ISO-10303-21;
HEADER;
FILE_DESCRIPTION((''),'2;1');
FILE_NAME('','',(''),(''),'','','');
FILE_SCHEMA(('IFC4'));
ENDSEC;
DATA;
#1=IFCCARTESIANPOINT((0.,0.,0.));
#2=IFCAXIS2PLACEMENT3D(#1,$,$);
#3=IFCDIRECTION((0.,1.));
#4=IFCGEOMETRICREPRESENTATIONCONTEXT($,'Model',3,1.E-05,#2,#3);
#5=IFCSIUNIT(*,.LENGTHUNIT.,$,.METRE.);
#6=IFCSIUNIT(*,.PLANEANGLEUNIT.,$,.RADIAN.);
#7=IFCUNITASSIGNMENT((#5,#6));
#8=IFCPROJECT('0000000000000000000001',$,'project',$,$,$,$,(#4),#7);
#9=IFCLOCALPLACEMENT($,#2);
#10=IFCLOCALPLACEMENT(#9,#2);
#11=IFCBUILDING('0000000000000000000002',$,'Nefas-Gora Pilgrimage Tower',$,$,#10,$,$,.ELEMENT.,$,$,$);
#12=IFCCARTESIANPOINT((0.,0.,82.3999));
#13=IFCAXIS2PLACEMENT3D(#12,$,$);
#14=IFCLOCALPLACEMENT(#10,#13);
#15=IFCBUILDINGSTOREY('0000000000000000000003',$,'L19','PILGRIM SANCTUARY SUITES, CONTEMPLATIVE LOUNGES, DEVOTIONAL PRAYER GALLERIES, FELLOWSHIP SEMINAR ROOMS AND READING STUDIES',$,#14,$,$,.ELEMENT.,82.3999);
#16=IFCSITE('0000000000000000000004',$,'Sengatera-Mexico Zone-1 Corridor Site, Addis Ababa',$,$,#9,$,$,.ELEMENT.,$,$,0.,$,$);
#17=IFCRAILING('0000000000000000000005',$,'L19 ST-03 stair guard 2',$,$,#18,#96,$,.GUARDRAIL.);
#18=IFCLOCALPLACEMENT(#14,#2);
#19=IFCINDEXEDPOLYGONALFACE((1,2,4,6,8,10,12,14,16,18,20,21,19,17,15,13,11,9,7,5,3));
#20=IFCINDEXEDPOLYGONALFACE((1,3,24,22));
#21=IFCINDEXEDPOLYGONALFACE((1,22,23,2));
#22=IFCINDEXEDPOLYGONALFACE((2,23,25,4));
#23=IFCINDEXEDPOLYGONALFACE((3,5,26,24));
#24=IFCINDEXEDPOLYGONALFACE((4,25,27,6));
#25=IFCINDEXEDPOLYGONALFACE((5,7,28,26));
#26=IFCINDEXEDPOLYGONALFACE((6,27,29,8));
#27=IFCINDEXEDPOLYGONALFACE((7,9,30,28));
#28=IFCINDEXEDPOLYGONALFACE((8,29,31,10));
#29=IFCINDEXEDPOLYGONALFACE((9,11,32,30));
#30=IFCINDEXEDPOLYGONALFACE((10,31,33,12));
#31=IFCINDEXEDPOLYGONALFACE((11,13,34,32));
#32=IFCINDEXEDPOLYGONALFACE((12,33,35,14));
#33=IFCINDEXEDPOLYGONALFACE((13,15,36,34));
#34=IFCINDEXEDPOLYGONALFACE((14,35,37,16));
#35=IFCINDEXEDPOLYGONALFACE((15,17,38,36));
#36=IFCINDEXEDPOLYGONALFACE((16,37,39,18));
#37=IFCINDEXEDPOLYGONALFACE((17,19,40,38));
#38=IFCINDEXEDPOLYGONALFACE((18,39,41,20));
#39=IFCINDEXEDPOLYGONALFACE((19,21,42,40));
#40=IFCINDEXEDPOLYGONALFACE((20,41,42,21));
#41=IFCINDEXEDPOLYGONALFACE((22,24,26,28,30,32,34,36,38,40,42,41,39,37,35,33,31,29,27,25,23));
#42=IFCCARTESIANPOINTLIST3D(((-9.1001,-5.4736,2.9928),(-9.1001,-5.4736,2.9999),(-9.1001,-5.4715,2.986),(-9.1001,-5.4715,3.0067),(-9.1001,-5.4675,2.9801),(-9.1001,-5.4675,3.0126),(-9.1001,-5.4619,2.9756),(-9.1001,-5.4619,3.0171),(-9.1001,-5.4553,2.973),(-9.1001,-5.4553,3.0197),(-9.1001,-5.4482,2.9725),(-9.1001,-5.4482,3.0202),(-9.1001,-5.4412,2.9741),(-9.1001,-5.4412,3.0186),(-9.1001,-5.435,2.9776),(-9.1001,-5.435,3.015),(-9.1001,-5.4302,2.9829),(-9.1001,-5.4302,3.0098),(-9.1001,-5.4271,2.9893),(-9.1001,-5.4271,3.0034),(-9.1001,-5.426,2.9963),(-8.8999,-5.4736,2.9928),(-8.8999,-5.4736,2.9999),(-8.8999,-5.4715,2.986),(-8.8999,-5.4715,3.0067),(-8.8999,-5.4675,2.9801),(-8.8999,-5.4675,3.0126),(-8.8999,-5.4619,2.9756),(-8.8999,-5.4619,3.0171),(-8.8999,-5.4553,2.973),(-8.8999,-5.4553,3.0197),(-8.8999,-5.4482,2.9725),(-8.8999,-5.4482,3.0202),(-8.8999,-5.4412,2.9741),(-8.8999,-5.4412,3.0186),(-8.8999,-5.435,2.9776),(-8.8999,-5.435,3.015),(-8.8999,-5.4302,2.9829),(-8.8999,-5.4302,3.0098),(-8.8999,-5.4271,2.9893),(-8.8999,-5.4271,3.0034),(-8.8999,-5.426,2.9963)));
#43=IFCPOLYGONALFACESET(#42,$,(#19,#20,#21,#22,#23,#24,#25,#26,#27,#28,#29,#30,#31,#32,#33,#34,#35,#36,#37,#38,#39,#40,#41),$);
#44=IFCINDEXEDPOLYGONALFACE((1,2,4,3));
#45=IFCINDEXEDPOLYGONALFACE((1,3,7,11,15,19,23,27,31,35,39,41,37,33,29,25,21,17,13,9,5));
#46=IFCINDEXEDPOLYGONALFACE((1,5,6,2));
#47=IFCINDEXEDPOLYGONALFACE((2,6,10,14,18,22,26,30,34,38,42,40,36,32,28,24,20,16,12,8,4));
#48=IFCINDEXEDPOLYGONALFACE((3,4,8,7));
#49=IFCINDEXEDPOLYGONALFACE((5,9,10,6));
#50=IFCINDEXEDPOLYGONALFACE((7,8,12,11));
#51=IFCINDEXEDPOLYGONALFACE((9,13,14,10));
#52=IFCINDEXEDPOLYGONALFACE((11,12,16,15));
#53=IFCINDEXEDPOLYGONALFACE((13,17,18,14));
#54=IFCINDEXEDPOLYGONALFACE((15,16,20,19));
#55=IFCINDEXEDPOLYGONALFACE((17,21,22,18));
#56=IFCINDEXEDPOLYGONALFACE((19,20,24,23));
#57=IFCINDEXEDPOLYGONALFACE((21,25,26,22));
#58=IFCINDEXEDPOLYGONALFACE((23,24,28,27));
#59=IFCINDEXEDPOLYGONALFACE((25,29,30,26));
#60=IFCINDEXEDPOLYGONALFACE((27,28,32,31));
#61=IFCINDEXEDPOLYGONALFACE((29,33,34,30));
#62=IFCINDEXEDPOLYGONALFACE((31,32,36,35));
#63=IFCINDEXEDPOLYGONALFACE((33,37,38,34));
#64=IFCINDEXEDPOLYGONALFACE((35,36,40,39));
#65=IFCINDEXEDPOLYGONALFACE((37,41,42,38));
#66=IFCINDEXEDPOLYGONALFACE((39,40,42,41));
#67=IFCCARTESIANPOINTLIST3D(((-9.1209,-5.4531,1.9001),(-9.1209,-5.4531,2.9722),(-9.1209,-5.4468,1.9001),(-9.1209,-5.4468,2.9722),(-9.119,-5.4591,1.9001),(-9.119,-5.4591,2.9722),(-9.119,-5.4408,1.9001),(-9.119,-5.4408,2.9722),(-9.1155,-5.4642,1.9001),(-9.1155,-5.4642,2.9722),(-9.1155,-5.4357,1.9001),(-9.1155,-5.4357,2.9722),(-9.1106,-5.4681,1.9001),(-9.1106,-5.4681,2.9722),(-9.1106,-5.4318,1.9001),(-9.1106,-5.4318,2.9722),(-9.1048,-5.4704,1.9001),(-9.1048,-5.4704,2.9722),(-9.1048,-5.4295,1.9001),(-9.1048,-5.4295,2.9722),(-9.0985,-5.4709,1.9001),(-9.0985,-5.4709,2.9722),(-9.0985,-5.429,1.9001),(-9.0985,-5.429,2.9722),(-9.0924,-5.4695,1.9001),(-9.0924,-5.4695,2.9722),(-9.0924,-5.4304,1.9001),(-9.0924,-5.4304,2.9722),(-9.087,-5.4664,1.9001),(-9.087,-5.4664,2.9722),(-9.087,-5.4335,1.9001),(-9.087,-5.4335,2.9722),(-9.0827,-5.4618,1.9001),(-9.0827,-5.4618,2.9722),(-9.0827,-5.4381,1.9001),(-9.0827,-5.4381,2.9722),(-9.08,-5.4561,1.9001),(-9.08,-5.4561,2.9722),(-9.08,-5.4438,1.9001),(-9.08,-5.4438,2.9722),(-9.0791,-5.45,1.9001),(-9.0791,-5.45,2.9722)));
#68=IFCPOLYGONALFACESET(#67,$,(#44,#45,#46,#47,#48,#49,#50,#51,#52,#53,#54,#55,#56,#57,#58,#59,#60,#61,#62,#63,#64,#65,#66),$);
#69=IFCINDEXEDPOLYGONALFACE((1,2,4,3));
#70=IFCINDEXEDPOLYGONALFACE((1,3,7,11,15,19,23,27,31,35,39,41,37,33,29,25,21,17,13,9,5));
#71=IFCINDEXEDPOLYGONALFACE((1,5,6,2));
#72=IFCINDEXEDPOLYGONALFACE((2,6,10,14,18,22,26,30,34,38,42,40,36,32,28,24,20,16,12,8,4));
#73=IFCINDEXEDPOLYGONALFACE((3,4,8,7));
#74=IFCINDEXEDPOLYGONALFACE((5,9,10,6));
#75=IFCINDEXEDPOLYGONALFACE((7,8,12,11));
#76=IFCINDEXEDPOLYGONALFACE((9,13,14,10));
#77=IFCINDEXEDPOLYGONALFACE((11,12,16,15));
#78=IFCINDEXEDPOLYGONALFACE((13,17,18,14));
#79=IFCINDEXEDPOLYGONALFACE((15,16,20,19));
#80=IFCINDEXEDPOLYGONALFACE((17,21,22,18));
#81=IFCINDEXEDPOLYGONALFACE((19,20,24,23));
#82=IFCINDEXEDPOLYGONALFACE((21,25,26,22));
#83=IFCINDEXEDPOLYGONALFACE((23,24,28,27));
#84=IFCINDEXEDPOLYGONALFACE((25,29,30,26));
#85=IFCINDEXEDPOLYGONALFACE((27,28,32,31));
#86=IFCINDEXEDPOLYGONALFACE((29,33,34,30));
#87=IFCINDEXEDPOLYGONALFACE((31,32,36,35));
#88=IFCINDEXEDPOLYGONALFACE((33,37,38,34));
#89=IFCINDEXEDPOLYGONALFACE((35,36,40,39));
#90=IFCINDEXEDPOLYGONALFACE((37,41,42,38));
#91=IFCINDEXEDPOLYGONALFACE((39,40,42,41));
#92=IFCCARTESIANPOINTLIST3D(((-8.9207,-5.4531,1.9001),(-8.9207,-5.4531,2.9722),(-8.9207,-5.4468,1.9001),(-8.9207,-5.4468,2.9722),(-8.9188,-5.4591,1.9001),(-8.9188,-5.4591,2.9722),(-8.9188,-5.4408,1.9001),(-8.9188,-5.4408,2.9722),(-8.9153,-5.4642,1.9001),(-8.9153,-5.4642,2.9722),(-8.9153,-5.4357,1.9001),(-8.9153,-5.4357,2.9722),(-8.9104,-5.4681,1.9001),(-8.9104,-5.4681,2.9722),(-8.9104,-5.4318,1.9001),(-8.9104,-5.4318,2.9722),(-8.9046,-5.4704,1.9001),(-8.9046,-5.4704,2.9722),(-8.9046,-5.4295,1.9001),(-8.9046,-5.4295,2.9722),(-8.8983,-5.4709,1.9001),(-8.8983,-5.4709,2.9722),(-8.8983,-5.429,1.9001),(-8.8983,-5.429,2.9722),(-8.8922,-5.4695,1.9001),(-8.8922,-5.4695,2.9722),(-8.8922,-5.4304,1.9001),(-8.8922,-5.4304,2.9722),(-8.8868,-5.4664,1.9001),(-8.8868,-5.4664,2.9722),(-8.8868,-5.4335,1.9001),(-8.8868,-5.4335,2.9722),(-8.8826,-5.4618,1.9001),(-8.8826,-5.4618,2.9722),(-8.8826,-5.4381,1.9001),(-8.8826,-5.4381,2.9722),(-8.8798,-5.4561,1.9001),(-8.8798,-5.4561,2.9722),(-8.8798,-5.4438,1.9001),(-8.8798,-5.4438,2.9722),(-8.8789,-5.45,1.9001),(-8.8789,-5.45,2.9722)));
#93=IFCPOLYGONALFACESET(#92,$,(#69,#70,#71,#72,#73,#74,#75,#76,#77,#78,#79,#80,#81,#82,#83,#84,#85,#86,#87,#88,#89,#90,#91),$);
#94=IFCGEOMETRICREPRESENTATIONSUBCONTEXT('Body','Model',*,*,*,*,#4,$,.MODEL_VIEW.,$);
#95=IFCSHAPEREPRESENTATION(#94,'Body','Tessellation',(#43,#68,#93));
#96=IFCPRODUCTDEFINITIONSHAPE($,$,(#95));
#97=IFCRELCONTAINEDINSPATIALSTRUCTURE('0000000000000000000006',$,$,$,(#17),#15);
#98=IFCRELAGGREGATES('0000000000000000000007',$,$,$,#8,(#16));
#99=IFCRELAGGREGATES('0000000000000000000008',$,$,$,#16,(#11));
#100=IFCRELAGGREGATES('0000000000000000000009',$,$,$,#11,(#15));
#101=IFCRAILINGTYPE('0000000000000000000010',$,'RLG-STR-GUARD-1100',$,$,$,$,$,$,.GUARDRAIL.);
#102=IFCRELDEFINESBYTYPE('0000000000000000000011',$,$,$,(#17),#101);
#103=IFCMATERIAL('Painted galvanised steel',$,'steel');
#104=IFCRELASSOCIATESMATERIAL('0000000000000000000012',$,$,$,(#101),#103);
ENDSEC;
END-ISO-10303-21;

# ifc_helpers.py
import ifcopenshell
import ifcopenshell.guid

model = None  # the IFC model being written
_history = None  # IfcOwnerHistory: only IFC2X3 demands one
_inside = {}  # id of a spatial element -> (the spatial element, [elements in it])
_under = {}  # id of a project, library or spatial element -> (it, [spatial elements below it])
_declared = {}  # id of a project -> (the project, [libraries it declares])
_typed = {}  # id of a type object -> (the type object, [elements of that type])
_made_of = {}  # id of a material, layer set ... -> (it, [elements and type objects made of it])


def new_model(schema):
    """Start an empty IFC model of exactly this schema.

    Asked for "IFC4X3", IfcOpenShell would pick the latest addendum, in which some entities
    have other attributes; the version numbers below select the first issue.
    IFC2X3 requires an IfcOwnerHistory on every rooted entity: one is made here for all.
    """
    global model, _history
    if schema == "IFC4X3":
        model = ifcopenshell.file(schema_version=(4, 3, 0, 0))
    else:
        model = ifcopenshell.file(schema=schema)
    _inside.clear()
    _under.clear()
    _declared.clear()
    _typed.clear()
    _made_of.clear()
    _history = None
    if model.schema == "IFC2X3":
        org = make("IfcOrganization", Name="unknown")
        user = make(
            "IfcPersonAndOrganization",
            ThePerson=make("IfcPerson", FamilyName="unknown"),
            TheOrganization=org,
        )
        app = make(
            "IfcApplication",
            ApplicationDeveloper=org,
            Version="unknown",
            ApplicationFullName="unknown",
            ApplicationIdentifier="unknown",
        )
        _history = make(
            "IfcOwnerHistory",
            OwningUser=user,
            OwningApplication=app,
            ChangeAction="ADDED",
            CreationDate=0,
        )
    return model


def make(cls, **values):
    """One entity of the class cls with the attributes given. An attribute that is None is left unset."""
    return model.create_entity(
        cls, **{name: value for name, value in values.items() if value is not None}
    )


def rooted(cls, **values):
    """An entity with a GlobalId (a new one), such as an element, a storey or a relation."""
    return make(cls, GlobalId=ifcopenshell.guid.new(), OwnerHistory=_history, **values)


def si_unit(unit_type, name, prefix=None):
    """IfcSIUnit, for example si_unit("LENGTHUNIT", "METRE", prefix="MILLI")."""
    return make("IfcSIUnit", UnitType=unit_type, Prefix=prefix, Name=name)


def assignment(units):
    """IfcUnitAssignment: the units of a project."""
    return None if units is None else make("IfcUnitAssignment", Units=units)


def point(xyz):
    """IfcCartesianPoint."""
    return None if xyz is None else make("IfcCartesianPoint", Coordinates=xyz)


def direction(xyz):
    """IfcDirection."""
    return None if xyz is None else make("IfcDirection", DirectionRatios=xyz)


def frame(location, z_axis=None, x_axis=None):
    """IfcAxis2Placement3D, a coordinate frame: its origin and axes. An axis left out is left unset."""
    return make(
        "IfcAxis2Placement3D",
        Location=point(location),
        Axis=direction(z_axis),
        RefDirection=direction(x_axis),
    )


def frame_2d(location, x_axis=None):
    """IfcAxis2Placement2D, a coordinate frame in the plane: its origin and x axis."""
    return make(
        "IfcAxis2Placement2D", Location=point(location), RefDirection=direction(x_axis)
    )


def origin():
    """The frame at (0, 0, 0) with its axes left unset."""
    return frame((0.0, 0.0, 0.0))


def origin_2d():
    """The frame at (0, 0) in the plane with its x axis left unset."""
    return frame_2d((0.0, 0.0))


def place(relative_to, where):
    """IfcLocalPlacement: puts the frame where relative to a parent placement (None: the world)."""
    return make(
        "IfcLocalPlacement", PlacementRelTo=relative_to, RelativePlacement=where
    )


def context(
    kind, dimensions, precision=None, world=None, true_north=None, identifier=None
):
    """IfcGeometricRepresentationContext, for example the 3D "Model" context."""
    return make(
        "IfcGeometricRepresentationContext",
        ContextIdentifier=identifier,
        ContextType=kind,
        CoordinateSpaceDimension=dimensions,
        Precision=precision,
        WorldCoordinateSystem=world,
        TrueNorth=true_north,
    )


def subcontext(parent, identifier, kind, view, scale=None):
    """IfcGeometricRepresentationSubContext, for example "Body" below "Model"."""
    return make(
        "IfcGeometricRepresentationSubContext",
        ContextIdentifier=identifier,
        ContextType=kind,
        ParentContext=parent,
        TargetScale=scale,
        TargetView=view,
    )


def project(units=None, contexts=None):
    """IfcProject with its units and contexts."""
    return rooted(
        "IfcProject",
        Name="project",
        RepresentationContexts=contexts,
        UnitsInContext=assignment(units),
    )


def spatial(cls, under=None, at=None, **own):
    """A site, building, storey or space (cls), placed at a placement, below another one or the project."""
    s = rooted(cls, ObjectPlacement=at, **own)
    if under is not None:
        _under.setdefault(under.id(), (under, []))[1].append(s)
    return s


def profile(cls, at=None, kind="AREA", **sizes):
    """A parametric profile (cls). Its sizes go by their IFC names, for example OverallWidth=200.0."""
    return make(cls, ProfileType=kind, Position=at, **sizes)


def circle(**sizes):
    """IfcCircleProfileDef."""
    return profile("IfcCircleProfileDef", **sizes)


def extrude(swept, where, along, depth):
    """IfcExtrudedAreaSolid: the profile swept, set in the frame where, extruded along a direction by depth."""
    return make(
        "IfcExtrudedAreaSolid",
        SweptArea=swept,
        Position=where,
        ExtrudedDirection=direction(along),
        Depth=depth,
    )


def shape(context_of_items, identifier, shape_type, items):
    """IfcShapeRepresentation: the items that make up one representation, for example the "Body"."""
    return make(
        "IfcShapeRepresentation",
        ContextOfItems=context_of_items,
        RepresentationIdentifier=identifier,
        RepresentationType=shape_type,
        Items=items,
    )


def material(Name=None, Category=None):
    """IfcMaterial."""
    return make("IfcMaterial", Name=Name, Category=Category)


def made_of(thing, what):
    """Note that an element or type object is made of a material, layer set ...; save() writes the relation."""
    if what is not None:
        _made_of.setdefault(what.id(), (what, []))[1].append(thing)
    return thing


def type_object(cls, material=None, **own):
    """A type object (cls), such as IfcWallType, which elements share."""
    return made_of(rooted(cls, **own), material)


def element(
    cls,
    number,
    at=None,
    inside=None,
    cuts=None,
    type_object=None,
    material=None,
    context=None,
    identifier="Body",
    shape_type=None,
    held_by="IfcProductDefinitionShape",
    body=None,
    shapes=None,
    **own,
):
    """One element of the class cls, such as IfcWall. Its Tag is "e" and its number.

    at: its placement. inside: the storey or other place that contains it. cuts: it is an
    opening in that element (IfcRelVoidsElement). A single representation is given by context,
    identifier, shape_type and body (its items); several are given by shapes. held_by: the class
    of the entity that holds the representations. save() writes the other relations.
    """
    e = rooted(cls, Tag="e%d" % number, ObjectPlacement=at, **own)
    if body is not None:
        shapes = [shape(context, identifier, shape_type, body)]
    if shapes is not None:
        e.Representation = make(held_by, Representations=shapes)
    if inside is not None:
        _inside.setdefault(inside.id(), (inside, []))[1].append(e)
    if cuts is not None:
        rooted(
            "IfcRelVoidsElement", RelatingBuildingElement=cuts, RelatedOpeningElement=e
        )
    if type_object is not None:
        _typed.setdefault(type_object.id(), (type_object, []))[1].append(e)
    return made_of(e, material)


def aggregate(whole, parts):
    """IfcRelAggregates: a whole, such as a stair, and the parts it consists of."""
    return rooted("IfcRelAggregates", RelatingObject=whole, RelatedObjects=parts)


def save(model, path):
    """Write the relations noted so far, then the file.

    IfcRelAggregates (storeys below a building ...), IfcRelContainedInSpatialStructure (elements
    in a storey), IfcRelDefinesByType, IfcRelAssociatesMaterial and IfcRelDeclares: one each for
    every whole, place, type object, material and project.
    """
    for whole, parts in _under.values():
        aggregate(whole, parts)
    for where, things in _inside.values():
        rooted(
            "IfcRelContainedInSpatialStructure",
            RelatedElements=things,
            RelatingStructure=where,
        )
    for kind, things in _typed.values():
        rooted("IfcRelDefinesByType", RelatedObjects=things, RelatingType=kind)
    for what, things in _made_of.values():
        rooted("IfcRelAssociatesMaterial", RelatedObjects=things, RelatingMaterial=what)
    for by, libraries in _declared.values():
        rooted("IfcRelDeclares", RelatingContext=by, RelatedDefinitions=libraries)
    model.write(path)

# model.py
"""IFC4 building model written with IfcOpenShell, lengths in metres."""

from ifc_helpers import new_model, si_unit, direction, frame, origin, origin_2d, place, context, subcontext, project, spatial, circle, extrude, material, type_object, element, save


model = new_model("IFC4")

# Units and contexts
model_context = context("Model", 3, precision=1e-05, world=origin(), true_north=direction((0.0, 1.0)))
body_context = subcontext(model_context, "Body", "Model", "MODEL_VIEW")
ifc_project = project(units=[si_unit("LENGTHUNIT", "METRE"), si_unit("PLANEANGLEUNIT", "RADIAN")], contexts=[model_context])

# Site, building, storey
site_placement = place(None, origin())
site = spatial("IfcSite", under=ifc_project, at=site_placement, Name="Sengatera-Mexico Zone-1 Corridor Site, Addis Ababa", CompositionType="ELEMENT", RefElevation=0.0)
building_placement = place(site_placement, origin())
building = spatial("IfcBuilding", under=site, at=building_placement, Name="Nefas-Gora Pilgrimage Tower", CompositionType="ELEMENT")
storey_placement = place(building_placement, frame((0.0, 0.0, 82.3999)))
storey = spatial("IfcBuildingStorey", under=building, at=storey_placement, Name="L19", Description="PILGRIM SANCTUARY SUITES, CONTEMPLATIVE LOUNGES, DEVOTIONAL PRAYER GALLERIES, FELLOWSHIP SEMINAR ROOMS AND READING STUDIES", CompositionType="ELEMENT", Elevation=82.3999)

# Railing
ifc_material_1 = material(Name="Painted galvanised steel", Category="steel")
railing_type_1 = type_object("IfcRailingType", Name="RLG-STR-GUARD-1100", PredefinedType="GUARDRAIL", material=ifc_material_1)
railing_1_placement = place(storey_placement, frame((-9.1001, -5.45, 1.9001)))
element("IfcRailing", 1, at=railing_1_placement, inside=storey, type_object=railing_type_1, Name="L19 ST-03 stair guard 2", PredefinedType="GUARDRAIL", context=body_context, shape_type="SweptSolid", body=[
    extrude(circle(Radius=0.0239, at=origin_2d()), frame((0.0, 0.0, 1.0962), z_axis=(1.0, 0.0, 0.0), x_axis=(0.0, 1.0, 0.0)), (0.0, 0.0, 1.0), 0.2002),
    extrude(circle(Radius=0.021, at=origin_2d()), origin(), (0.0, 0.0, 1.0), 1.072),
    extrude(circle(Radius=0.021, at=origin_2d()), frame((0.2002, 0.0, 0.0)), (0.0, 0.0, 1.0), 1.072),
])

save(model, "model.ifc")
